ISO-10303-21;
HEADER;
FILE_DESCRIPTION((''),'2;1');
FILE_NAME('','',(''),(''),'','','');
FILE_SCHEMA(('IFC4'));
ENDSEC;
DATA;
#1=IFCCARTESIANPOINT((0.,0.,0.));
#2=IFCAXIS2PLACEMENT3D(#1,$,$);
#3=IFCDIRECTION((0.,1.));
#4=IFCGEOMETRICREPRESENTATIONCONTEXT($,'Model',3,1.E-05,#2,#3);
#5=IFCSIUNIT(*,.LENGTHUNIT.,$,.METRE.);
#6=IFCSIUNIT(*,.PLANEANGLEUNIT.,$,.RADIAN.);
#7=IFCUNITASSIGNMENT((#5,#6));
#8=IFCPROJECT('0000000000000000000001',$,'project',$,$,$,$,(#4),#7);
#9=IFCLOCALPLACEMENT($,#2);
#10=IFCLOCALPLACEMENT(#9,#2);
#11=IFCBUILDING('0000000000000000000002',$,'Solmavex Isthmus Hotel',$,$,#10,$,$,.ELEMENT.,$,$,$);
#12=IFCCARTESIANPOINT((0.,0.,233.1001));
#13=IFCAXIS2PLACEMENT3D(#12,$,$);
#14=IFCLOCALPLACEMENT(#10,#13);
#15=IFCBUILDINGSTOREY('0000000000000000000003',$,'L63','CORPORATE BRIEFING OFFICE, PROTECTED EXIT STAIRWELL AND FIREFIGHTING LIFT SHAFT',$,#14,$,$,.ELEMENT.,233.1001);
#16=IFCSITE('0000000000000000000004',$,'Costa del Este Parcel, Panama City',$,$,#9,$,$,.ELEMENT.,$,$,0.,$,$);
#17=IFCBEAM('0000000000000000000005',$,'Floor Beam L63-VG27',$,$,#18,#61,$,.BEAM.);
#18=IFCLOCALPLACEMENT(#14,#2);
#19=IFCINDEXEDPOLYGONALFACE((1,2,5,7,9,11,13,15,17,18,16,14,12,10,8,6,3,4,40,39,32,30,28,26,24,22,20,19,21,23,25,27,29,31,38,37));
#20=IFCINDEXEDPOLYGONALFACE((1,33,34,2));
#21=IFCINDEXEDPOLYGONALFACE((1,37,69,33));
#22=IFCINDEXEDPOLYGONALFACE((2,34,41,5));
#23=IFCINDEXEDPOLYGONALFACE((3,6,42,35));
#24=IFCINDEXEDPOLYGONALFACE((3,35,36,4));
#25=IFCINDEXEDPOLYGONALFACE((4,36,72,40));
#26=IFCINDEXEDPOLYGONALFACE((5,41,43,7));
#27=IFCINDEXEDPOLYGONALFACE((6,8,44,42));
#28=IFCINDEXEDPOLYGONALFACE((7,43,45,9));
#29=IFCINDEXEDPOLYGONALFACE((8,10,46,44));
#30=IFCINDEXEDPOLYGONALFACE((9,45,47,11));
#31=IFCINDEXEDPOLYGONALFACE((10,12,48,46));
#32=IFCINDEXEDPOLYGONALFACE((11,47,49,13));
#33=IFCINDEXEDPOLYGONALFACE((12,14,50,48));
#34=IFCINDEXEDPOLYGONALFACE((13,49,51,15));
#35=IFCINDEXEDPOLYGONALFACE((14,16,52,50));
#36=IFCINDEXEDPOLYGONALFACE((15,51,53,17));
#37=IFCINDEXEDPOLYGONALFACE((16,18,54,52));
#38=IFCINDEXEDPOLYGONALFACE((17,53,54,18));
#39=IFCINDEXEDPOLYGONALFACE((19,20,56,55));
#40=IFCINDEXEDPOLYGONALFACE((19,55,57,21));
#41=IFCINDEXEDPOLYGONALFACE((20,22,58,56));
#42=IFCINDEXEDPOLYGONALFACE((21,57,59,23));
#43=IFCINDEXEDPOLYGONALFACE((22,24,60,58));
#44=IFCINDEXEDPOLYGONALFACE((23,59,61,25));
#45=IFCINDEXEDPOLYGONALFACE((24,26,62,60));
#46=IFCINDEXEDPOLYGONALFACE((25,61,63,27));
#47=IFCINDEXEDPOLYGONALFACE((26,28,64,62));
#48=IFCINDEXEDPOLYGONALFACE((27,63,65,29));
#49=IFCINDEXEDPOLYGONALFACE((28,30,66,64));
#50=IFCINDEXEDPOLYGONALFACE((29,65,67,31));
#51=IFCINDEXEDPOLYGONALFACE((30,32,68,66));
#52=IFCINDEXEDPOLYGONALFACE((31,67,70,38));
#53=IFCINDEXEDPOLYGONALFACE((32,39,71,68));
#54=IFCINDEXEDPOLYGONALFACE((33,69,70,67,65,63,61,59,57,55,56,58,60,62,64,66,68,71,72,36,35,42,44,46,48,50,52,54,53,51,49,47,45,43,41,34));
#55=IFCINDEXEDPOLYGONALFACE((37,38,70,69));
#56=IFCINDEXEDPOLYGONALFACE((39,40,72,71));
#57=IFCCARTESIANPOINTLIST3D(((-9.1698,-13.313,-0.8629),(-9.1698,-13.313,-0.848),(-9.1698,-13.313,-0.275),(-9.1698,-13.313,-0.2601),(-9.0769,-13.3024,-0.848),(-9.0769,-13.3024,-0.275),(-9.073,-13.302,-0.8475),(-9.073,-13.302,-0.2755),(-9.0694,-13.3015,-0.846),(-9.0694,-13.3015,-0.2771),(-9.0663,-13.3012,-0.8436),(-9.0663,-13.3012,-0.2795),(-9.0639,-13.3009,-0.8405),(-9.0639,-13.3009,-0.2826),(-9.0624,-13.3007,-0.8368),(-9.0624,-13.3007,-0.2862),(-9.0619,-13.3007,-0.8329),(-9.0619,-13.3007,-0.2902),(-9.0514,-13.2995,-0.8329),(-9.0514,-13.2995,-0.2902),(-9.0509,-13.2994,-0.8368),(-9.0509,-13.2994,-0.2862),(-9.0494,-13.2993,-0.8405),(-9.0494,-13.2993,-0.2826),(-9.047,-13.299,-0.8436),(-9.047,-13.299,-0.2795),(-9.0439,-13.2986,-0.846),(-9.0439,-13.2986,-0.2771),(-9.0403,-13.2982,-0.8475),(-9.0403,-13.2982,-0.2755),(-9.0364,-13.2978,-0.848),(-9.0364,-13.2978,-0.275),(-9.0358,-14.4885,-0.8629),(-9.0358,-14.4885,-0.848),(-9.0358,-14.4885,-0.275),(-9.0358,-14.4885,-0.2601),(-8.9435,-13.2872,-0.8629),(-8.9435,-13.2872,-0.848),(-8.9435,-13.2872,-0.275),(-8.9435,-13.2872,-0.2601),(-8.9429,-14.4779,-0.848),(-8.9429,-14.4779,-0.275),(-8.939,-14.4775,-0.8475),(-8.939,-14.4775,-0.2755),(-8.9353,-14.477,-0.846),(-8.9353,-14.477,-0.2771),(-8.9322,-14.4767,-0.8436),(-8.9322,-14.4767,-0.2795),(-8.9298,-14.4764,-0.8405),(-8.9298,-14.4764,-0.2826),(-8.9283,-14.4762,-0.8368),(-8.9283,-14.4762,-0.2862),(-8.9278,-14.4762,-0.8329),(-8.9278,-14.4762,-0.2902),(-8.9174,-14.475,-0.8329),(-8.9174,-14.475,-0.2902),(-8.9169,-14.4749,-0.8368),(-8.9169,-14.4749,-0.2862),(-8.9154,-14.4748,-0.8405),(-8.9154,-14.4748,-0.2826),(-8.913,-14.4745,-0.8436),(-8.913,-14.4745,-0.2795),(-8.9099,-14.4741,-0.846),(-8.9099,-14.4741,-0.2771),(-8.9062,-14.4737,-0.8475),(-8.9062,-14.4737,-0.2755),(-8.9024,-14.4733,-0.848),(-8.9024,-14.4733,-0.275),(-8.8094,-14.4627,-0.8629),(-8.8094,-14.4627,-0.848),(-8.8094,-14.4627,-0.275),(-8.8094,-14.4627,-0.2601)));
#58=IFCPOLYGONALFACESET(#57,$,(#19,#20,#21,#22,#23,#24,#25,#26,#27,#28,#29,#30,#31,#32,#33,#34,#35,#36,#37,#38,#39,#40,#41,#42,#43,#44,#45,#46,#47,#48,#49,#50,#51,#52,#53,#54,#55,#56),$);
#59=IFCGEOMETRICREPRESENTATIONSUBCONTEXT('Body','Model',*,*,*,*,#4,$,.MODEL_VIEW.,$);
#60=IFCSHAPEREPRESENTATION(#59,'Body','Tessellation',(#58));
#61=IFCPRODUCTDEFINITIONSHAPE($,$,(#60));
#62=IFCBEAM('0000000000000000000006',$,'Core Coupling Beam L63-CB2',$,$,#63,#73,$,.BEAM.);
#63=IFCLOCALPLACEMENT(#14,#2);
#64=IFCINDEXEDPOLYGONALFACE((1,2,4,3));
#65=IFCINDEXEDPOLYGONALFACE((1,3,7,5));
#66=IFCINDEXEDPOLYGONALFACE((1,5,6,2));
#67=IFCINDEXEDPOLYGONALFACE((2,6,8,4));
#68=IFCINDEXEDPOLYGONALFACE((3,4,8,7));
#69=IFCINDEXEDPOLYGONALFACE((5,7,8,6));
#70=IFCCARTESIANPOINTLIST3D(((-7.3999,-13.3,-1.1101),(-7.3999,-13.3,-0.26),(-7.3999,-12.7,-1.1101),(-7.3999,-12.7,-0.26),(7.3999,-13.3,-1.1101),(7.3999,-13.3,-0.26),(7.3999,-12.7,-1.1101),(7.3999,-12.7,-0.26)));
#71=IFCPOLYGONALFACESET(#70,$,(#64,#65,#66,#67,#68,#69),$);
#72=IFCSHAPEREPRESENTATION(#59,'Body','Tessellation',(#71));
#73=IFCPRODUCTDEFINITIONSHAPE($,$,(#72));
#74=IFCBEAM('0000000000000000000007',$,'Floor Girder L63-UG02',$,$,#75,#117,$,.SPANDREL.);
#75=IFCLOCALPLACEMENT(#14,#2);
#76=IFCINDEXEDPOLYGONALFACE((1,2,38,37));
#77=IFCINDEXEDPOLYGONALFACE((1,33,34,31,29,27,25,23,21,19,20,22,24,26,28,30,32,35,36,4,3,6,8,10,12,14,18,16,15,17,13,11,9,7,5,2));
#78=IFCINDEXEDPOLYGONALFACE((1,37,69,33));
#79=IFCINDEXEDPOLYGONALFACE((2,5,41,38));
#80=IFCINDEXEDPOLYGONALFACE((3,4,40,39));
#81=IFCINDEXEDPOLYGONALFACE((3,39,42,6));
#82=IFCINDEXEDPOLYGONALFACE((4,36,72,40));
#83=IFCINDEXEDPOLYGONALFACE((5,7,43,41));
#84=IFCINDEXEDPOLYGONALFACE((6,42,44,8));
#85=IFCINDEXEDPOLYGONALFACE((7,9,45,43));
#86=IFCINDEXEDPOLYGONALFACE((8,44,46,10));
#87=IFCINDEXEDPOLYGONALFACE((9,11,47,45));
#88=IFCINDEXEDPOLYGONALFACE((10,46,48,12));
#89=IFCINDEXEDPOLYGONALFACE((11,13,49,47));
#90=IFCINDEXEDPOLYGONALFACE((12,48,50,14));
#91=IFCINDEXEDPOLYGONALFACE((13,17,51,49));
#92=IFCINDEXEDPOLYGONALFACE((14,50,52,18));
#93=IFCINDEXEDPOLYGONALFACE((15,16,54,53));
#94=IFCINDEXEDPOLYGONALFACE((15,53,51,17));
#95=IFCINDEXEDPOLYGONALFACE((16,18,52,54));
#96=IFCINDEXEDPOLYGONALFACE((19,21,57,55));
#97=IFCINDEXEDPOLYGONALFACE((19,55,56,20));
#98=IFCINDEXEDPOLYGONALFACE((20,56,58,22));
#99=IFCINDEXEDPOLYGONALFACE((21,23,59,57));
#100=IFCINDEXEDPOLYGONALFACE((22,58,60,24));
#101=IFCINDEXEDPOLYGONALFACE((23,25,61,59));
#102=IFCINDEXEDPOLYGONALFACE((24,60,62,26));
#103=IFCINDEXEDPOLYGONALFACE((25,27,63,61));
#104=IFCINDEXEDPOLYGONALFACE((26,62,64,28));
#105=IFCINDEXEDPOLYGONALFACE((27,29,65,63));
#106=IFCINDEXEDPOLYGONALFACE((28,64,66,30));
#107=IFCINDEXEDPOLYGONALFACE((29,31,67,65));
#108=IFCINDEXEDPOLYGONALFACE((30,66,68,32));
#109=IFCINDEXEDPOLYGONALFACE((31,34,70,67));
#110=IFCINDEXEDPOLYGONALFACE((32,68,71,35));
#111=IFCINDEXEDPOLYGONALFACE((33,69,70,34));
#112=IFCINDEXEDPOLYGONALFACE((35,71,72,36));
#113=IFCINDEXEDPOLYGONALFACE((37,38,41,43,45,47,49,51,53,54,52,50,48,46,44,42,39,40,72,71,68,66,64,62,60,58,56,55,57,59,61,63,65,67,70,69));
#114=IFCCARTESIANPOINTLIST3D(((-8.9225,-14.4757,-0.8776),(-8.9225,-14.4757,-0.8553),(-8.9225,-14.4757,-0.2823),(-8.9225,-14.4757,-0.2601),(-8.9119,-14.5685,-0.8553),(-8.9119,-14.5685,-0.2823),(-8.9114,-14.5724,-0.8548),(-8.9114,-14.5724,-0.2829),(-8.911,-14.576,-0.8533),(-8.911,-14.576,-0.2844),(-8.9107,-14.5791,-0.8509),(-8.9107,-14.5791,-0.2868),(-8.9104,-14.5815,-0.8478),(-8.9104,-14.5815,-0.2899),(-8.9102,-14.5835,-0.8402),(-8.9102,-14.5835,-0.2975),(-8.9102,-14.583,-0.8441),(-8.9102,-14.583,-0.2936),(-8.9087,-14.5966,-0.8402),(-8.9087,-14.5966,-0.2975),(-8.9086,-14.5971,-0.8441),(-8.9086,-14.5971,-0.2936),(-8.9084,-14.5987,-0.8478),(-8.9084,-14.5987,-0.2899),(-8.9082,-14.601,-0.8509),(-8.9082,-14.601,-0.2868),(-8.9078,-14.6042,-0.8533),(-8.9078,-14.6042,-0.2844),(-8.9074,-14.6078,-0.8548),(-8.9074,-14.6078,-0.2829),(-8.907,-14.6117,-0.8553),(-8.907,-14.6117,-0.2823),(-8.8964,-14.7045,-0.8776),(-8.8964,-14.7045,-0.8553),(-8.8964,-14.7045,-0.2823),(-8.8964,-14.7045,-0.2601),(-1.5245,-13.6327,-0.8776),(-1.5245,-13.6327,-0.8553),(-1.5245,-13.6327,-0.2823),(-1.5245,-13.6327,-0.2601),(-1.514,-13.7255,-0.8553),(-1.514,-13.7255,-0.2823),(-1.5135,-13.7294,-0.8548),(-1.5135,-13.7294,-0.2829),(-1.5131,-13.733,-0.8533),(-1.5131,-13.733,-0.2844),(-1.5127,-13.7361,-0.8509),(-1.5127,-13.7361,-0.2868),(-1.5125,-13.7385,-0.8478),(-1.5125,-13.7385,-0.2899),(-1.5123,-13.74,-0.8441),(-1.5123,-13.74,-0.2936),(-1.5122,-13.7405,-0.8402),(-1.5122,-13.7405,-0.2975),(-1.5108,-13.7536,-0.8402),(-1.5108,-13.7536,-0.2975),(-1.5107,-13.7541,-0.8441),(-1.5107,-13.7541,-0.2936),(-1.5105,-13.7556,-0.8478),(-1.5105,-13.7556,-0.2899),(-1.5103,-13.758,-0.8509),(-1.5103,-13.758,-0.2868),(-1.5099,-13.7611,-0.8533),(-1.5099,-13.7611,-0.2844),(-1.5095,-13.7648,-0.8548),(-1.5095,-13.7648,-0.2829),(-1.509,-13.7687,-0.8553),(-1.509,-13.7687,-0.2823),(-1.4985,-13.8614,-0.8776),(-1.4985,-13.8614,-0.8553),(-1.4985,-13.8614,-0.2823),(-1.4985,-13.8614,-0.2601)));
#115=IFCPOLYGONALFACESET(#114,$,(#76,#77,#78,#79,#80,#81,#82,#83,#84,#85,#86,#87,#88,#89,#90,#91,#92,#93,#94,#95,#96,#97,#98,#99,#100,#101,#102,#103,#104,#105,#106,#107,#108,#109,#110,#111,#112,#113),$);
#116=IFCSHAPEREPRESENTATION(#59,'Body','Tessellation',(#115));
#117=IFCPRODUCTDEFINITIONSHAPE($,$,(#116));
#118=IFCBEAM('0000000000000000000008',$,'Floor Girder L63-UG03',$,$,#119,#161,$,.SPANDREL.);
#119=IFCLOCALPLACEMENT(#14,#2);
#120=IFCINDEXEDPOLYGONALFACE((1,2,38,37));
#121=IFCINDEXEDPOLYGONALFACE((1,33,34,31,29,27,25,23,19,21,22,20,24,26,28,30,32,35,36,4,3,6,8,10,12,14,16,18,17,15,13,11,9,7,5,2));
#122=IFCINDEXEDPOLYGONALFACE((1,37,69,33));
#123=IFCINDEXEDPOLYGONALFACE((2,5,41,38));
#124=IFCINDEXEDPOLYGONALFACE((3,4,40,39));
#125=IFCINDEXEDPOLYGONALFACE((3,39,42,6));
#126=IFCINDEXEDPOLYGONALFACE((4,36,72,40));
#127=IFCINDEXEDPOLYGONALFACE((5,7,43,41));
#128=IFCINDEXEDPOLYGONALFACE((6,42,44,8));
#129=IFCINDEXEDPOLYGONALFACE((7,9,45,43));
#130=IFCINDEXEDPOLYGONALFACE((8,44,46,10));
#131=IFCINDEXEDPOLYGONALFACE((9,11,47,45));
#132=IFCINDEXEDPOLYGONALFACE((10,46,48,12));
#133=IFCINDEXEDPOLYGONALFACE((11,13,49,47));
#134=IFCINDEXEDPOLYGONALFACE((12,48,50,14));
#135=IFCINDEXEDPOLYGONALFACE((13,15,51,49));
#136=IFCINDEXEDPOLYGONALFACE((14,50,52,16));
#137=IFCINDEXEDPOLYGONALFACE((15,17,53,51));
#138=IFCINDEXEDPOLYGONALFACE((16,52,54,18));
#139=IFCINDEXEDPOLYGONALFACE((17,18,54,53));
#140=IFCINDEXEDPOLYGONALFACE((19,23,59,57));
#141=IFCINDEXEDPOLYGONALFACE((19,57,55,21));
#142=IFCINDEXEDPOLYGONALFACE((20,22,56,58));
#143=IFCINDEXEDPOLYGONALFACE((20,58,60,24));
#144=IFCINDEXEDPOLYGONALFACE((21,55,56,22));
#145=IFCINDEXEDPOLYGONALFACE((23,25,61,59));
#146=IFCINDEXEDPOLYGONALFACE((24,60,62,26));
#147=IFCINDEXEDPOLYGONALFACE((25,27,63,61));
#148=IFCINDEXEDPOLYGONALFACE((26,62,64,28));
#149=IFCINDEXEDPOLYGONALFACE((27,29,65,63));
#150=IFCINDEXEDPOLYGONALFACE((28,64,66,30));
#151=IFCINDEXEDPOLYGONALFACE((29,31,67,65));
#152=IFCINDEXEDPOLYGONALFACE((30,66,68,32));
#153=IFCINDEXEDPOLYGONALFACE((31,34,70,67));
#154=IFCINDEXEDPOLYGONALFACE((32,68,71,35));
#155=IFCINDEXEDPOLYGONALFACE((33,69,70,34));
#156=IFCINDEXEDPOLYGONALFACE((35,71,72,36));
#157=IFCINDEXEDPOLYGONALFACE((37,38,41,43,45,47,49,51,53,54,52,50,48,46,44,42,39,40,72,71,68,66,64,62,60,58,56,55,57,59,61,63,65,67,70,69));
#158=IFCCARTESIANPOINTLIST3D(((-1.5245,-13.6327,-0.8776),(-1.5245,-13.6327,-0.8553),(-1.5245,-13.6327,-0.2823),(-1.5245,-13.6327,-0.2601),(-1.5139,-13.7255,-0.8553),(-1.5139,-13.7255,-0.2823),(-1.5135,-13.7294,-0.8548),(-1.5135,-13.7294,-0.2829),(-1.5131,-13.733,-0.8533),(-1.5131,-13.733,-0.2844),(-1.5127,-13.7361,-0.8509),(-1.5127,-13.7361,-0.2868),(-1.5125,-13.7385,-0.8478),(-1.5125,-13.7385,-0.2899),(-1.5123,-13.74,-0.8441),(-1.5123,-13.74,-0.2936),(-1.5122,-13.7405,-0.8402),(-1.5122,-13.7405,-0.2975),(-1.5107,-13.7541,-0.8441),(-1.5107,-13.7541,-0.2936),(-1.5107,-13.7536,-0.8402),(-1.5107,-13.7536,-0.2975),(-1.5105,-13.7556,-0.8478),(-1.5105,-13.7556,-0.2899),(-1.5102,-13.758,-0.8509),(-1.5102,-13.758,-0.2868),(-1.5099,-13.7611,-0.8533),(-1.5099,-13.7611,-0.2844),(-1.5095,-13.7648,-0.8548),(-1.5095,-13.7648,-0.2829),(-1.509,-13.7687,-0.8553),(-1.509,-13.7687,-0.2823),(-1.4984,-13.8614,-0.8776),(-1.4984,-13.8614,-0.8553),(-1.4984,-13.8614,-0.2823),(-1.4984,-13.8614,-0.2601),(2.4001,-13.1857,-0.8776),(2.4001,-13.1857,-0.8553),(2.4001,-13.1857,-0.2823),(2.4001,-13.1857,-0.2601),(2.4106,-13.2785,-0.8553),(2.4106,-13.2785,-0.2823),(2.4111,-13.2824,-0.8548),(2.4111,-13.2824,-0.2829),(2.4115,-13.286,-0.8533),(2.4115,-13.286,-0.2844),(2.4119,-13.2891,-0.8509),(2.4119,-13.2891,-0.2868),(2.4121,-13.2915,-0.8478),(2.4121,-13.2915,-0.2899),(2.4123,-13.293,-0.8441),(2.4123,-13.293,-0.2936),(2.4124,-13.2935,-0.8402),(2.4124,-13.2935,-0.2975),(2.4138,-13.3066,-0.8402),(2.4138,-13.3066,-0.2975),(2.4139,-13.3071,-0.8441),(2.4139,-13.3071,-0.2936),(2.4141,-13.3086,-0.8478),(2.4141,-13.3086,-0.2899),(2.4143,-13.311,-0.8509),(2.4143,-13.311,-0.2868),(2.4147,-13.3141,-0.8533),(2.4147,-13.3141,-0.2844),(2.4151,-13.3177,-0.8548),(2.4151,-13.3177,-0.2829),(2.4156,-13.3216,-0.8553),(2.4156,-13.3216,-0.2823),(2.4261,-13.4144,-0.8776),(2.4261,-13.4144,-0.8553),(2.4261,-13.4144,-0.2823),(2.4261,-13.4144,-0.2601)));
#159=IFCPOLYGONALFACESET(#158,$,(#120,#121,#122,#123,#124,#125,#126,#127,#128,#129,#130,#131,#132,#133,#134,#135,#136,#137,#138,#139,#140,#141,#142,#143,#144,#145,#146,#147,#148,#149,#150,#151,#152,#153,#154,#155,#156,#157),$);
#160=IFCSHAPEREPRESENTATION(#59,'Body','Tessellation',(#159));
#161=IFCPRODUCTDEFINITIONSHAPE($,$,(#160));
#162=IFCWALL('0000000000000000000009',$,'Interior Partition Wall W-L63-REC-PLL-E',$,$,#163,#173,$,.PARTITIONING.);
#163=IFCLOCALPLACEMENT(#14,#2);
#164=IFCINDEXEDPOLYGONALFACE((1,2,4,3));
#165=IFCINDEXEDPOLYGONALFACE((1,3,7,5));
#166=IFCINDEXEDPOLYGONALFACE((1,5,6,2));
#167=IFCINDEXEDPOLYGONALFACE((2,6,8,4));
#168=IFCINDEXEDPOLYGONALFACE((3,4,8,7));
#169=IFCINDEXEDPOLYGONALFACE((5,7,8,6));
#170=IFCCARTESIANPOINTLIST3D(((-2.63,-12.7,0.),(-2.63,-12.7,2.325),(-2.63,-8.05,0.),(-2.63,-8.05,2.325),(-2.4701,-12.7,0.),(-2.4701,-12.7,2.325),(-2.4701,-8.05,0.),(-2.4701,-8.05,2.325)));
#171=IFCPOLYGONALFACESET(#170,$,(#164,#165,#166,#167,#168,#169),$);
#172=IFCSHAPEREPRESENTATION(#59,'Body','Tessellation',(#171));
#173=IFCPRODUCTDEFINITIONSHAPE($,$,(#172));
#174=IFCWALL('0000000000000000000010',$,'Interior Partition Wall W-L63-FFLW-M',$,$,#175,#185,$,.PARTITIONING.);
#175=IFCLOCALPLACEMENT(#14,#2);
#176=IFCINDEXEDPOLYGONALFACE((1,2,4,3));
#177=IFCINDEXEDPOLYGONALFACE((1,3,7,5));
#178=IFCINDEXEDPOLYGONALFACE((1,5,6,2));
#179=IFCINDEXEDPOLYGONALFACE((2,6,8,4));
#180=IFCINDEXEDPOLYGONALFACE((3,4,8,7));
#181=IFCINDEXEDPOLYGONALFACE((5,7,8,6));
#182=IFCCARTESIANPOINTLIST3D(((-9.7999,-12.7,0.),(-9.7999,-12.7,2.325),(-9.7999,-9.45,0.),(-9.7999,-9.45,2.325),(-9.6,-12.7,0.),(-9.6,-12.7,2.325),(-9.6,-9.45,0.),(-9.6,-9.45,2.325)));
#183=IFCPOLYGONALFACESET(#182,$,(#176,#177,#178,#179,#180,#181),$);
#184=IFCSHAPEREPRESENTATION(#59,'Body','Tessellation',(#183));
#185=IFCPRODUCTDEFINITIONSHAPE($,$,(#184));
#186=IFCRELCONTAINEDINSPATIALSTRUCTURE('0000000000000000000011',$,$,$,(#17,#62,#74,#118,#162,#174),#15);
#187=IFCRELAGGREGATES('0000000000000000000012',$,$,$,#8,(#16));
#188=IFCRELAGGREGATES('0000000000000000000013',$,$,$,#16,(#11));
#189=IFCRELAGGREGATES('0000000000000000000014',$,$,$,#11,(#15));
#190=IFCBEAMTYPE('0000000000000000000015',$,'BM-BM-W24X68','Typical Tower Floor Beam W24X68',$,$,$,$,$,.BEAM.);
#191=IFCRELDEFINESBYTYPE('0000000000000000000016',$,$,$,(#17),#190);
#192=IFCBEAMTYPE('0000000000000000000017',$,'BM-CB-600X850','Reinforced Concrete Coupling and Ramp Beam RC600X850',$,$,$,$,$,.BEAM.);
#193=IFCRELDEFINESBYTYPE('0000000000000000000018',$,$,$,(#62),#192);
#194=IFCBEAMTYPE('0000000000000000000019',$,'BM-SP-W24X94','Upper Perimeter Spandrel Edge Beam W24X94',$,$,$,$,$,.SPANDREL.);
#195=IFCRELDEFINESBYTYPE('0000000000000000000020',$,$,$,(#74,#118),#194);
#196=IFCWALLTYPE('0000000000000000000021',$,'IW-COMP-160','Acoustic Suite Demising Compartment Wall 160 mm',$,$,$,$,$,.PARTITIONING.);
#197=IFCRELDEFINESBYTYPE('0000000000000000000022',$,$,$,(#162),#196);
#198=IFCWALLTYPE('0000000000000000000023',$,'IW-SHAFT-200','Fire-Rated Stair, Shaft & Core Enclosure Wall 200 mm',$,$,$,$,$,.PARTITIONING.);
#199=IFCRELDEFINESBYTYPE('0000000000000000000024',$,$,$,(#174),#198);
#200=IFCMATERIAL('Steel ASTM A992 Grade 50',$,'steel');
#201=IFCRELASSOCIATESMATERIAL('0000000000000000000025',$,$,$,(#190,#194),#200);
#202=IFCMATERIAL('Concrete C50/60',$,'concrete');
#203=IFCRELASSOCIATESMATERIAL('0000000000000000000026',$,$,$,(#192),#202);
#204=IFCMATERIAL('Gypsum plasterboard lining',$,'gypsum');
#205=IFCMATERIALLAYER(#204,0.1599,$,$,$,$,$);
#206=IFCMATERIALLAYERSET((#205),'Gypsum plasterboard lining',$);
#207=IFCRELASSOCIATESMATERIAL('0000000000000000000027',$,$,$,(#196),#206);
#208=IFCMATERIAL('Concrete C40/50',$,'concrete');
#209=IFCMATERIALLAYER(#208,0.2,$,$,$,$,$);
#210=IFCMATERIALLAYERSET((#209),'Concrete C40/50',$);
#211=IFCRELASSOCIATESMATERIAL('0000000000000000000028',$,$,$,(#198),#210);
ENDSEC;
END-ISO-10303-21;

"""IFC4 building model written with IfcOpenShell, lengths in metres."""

from ifc_helpers import new_model, si_unit, direction, frame, frame_2d, origin, origin_2d, place, context, subcontext, project, spatial, rectangle, i_section, extrude, material, layer, layer_set, material_profile, profile_set, type_object, element, save


model = new_model("IFC4")

# Units and contexts
model_context = context("Model", 3, precision=1e-05, world=origin(), true_north=direction((0.0, 1.0)))
body_context = subcontext(model_context, "Body", "Model", "MODEL_VIEW")
ifc_project = project(units=[si_unit("LENGTHUNIT", "METRE"), si_unit("PLANEANGLEUNIT", "RADIAN")], contexts=[model_context])

# Site, building, storey
site_placement = place(None, origin())
site = spatial("IfcSite", under=ifc_project, at=site_placement, Name="Costa del Este Parcel, Panama City", CompositionType="ELEMENT", RefElevation=0.0)
building_placement = place(site_placement, origin())
building = spatial("IfcBuilding", under=site, at=building_placement, Name="Solmavex Isthmus Hotel", CompositionType="ELEMENT")
storey_placement = place(building_placement, frame((0.0, 0.0, 233.1001)))
storey = spatial("IfcBuildingStorey", under=building, at=storey_placement, Name="L63", Description="CORPORATE BRIEFING OFFICE, PROTECTED EXIT STAIRWELL AND FIREFIGHTING LIFT SHAFT", CompositionType="ELEMENT", Elevation=233.1001)

# Shared definitions
ifc_material_1 = material(Name="Concrete C50/60", Category="concrete")

# Beams
ifc_material_2 = material(Name="Steel ASTM A992 Grade 50", Category="steel")
ifc_material_profile_1 = material_profile(ifc_material_2, i_section(OverallWidth=0.2278, OverallDepth=0.6028, WebThickness=0.0105, FlangeThickness=0.0149, FilletRadius=0.0151, at=origin_2d()), Name="W24X68")
ifc_profile_set_1 = profile_set([ifc_material_profile_1], Name="Steel ASTM A992 Grade 50")
beam_type_1 = type_object("IfcBeamType", Name="BM-BM-W24X68", Description="Typical Tower Floor Beam W24X68", PredefinedType="BEAM", material=ifc_profile_set_1)
beam_1_placement = place(storey_placement, frame((-8.9226, -14.4756, -0.5615), z_axis=(-0.113285, 0.993563, 0.0), x_axis=(-0.993563, -0.113285, 0.0)))
element("IfcBeam", 1, at=beam_1_placement, inside=storey, type_object=beam_type_1, Name="Floor Beam L63-VG27", PredefinedType="BEAM", context=body_context, shape_type="SweptSolid", body=[
    extrude(i_section(OverallWidth=0.2278, OverallDepth=0.6028, WebThickness=0.0105, FlangeThickness=0.0149, FilletRadius=0.0151, at=origin_2d()), origin(), (0.0, 0.0, 1.0), 1.1831),
])
ifc_material_profile_2 = material_profile(ifc_material_1, rectangle(XDim=0.6001, YDim=0.8501, at=origin_2d()), Name="RC600X850")
ifc_profile_set_2 = profile_set([ifc_material_profile_2], Name="Concrete C50/60")
beam_type_2 = type_object("IfcBeamType", Name="BM-CB-600X850", Description="Reinforced Concrete Coupling and Ramp Beam RC600X850", PredefinedType="BEAM", material=ifc_profile_set_2)
beam_2_placement = place(storey_placement, frame((-7.3999, -13.0, -0.6851), z_axis=(1.0, 0.0, 0.0), x_axis=(0.0, 1.0, 0.0)))
element("IfcBeam", 2, at=beam_2_placement, inside=storey, type_object=beam_type_2, Name="Core Coupling Beam L63-CB2", PredefinedType="BEAM", context=body_context, shape_type="SweptSolid", body=[
    extrude(rectangle(XDim=0.6001, YDim=0.8501, at=origin_2d()), origin(), (0.0, 0.0, 1.0), 14.7998),
])
ifc_material_profile_3 = material_profile(ifc_material_2, i_section(OverallWidth=0.2302, OverallDepth=0.6174, WebThickness=0.0132, FlangeThickness=0.0222, FilletRadius=0.0151, at=origin_2d()), Name="W24X94")
ifc_profile_set_3 = profile_set([ifc_material_profile_3], Name="Steel ASTM A992 Grade 50")
beam_type_3 = type_object("IfcBeamType", Name="BM-SP-W24X94", Description="Upper Perimeter Spandrel Edge Beam W24X94", PredefinedType="SPANDREL", material=ifc_profile_set_3)
beam_3_placement = place(storey_placement, frame((-8.9094, -14.5901, -0.5688), z_axis=(0.99357, 0.11322, 0.0), x_axis=(-0.11322, 0.99357, 0.0)))
element("IfcBeam", 3, at=beam_3_placement, inside=storey, type_object=beam_type_3, Name="Floor Girder L63-UG02", PredefinedType="SPANDREL", context=body_context, shape_type="SweptSolid", body=[
    extrude(i_section(OverallWidth=0.2302, OverallDepth=0.6174, WebThickness=0.0132, FlangeThickness=0.0222, FilletRadius=0.0151, at=origin_2d()), origin(), (0.0, 0.0, 1.0), 7.4458),
])
beam_4_placement = place(storey_placement, frame((-1.5115, -13.7471, -0.5688), z_axis=(0.993575, 0.113172, 0.0), x_axis=(-0.113172, 0.993575, 0.0)))
element("IfcBeam", 4, at=beam_4_placement, inside=storey, type_object=beam_type_3, Name="Floor Girder L63-UG03", PredefinedType="SPANDREL", context=body_context, shape_type="SweptSolid", body=[
    extrude(i_section(OverallWidth=0.2302, OverallDepth=0.6174, WebThickness=0.0132, FlangeThickness=0.0222, FilletRadius=0.0151, at=origin_2d()), origin(), (0.0, 0.0, 1.0), 3.95),
])

# Walls
ifc_material_3 = material(Name="Gypsum plasterboard lining", Category="gypsum")
ifc_layer_1 = layer(ifc_material_3, 0.1599)
ifc_layer_set_1 = layer_set([ifc_layer_1], Name="Gypsum plasterboard lining")
wall_type_1 = type_object("IfcWallType", Name="IW-COMP-160", Description="Acoustic Suite Demising Compartment Wall 160 mm", PredefinedType="PARTITIONING", material=ifc_layer_set_1)
wall_1_placement = place(storey_placement, frame((-2.55, -12.7, 0.0), z_axis=(0.0, 0.0, 1.0), x_axis=(0.0, 1.0, 0.0)))
element("IfcWall", 5, at=wall_1_placement, inside=storey, type_object=wall_type_1, Name="Interior Partition Wall W-L63-REC-PLL-E", PredefinedType="PARTITIONING", context=body_context, shape_type="SweptSolid", body=[
    extrude(rectangle(XDim=4.6499, YDim=0.1599, at=frame_2d((2.325, 0.0))), origin(), (0.0, 0.0, 1.0), 2.325),
])
ifc_material_4 = material(Name="Concrete C40/50", Category="concrete")
ifc_layer_2 = layer(ifc_material_4, 0.2)
ifc_layer_set_2 = layer_set([ifc_layer_2], Name="Concrete C40/50")
wall_type_2 = type_object("IfcWallType", Name="IW-SHAFT-200", Description="Fire-Rated Stair, Shaft & Core Enclosure Wall 200 mm", PredefinedType="PARTITIONING", material=ifc_layer_set_2)
wall_2_placement = place(storey_placement, frame((-9.7, -12.7, 0.0), z_axis=(0.0, 0.0, 1.0), x_axis=(0.0, 1.0, 0.0)))
element("IfcWall", 6, at=wall_2_placement, inside=storey, type_object=wall_type_2, Name="Interior Partition Wall W-L63-FFLW-M", PredefinedType="PARTITIONING", context=body_context, shape_type="SweptSolid", body=[
    extrude(rectangle(XDim=3.25, YDim=0.2, at=frame_2d((1.625, 0.0))), origin(), (0.0, 0.0, 1.0), 2.325),
])

save(model, "model.ifc")
